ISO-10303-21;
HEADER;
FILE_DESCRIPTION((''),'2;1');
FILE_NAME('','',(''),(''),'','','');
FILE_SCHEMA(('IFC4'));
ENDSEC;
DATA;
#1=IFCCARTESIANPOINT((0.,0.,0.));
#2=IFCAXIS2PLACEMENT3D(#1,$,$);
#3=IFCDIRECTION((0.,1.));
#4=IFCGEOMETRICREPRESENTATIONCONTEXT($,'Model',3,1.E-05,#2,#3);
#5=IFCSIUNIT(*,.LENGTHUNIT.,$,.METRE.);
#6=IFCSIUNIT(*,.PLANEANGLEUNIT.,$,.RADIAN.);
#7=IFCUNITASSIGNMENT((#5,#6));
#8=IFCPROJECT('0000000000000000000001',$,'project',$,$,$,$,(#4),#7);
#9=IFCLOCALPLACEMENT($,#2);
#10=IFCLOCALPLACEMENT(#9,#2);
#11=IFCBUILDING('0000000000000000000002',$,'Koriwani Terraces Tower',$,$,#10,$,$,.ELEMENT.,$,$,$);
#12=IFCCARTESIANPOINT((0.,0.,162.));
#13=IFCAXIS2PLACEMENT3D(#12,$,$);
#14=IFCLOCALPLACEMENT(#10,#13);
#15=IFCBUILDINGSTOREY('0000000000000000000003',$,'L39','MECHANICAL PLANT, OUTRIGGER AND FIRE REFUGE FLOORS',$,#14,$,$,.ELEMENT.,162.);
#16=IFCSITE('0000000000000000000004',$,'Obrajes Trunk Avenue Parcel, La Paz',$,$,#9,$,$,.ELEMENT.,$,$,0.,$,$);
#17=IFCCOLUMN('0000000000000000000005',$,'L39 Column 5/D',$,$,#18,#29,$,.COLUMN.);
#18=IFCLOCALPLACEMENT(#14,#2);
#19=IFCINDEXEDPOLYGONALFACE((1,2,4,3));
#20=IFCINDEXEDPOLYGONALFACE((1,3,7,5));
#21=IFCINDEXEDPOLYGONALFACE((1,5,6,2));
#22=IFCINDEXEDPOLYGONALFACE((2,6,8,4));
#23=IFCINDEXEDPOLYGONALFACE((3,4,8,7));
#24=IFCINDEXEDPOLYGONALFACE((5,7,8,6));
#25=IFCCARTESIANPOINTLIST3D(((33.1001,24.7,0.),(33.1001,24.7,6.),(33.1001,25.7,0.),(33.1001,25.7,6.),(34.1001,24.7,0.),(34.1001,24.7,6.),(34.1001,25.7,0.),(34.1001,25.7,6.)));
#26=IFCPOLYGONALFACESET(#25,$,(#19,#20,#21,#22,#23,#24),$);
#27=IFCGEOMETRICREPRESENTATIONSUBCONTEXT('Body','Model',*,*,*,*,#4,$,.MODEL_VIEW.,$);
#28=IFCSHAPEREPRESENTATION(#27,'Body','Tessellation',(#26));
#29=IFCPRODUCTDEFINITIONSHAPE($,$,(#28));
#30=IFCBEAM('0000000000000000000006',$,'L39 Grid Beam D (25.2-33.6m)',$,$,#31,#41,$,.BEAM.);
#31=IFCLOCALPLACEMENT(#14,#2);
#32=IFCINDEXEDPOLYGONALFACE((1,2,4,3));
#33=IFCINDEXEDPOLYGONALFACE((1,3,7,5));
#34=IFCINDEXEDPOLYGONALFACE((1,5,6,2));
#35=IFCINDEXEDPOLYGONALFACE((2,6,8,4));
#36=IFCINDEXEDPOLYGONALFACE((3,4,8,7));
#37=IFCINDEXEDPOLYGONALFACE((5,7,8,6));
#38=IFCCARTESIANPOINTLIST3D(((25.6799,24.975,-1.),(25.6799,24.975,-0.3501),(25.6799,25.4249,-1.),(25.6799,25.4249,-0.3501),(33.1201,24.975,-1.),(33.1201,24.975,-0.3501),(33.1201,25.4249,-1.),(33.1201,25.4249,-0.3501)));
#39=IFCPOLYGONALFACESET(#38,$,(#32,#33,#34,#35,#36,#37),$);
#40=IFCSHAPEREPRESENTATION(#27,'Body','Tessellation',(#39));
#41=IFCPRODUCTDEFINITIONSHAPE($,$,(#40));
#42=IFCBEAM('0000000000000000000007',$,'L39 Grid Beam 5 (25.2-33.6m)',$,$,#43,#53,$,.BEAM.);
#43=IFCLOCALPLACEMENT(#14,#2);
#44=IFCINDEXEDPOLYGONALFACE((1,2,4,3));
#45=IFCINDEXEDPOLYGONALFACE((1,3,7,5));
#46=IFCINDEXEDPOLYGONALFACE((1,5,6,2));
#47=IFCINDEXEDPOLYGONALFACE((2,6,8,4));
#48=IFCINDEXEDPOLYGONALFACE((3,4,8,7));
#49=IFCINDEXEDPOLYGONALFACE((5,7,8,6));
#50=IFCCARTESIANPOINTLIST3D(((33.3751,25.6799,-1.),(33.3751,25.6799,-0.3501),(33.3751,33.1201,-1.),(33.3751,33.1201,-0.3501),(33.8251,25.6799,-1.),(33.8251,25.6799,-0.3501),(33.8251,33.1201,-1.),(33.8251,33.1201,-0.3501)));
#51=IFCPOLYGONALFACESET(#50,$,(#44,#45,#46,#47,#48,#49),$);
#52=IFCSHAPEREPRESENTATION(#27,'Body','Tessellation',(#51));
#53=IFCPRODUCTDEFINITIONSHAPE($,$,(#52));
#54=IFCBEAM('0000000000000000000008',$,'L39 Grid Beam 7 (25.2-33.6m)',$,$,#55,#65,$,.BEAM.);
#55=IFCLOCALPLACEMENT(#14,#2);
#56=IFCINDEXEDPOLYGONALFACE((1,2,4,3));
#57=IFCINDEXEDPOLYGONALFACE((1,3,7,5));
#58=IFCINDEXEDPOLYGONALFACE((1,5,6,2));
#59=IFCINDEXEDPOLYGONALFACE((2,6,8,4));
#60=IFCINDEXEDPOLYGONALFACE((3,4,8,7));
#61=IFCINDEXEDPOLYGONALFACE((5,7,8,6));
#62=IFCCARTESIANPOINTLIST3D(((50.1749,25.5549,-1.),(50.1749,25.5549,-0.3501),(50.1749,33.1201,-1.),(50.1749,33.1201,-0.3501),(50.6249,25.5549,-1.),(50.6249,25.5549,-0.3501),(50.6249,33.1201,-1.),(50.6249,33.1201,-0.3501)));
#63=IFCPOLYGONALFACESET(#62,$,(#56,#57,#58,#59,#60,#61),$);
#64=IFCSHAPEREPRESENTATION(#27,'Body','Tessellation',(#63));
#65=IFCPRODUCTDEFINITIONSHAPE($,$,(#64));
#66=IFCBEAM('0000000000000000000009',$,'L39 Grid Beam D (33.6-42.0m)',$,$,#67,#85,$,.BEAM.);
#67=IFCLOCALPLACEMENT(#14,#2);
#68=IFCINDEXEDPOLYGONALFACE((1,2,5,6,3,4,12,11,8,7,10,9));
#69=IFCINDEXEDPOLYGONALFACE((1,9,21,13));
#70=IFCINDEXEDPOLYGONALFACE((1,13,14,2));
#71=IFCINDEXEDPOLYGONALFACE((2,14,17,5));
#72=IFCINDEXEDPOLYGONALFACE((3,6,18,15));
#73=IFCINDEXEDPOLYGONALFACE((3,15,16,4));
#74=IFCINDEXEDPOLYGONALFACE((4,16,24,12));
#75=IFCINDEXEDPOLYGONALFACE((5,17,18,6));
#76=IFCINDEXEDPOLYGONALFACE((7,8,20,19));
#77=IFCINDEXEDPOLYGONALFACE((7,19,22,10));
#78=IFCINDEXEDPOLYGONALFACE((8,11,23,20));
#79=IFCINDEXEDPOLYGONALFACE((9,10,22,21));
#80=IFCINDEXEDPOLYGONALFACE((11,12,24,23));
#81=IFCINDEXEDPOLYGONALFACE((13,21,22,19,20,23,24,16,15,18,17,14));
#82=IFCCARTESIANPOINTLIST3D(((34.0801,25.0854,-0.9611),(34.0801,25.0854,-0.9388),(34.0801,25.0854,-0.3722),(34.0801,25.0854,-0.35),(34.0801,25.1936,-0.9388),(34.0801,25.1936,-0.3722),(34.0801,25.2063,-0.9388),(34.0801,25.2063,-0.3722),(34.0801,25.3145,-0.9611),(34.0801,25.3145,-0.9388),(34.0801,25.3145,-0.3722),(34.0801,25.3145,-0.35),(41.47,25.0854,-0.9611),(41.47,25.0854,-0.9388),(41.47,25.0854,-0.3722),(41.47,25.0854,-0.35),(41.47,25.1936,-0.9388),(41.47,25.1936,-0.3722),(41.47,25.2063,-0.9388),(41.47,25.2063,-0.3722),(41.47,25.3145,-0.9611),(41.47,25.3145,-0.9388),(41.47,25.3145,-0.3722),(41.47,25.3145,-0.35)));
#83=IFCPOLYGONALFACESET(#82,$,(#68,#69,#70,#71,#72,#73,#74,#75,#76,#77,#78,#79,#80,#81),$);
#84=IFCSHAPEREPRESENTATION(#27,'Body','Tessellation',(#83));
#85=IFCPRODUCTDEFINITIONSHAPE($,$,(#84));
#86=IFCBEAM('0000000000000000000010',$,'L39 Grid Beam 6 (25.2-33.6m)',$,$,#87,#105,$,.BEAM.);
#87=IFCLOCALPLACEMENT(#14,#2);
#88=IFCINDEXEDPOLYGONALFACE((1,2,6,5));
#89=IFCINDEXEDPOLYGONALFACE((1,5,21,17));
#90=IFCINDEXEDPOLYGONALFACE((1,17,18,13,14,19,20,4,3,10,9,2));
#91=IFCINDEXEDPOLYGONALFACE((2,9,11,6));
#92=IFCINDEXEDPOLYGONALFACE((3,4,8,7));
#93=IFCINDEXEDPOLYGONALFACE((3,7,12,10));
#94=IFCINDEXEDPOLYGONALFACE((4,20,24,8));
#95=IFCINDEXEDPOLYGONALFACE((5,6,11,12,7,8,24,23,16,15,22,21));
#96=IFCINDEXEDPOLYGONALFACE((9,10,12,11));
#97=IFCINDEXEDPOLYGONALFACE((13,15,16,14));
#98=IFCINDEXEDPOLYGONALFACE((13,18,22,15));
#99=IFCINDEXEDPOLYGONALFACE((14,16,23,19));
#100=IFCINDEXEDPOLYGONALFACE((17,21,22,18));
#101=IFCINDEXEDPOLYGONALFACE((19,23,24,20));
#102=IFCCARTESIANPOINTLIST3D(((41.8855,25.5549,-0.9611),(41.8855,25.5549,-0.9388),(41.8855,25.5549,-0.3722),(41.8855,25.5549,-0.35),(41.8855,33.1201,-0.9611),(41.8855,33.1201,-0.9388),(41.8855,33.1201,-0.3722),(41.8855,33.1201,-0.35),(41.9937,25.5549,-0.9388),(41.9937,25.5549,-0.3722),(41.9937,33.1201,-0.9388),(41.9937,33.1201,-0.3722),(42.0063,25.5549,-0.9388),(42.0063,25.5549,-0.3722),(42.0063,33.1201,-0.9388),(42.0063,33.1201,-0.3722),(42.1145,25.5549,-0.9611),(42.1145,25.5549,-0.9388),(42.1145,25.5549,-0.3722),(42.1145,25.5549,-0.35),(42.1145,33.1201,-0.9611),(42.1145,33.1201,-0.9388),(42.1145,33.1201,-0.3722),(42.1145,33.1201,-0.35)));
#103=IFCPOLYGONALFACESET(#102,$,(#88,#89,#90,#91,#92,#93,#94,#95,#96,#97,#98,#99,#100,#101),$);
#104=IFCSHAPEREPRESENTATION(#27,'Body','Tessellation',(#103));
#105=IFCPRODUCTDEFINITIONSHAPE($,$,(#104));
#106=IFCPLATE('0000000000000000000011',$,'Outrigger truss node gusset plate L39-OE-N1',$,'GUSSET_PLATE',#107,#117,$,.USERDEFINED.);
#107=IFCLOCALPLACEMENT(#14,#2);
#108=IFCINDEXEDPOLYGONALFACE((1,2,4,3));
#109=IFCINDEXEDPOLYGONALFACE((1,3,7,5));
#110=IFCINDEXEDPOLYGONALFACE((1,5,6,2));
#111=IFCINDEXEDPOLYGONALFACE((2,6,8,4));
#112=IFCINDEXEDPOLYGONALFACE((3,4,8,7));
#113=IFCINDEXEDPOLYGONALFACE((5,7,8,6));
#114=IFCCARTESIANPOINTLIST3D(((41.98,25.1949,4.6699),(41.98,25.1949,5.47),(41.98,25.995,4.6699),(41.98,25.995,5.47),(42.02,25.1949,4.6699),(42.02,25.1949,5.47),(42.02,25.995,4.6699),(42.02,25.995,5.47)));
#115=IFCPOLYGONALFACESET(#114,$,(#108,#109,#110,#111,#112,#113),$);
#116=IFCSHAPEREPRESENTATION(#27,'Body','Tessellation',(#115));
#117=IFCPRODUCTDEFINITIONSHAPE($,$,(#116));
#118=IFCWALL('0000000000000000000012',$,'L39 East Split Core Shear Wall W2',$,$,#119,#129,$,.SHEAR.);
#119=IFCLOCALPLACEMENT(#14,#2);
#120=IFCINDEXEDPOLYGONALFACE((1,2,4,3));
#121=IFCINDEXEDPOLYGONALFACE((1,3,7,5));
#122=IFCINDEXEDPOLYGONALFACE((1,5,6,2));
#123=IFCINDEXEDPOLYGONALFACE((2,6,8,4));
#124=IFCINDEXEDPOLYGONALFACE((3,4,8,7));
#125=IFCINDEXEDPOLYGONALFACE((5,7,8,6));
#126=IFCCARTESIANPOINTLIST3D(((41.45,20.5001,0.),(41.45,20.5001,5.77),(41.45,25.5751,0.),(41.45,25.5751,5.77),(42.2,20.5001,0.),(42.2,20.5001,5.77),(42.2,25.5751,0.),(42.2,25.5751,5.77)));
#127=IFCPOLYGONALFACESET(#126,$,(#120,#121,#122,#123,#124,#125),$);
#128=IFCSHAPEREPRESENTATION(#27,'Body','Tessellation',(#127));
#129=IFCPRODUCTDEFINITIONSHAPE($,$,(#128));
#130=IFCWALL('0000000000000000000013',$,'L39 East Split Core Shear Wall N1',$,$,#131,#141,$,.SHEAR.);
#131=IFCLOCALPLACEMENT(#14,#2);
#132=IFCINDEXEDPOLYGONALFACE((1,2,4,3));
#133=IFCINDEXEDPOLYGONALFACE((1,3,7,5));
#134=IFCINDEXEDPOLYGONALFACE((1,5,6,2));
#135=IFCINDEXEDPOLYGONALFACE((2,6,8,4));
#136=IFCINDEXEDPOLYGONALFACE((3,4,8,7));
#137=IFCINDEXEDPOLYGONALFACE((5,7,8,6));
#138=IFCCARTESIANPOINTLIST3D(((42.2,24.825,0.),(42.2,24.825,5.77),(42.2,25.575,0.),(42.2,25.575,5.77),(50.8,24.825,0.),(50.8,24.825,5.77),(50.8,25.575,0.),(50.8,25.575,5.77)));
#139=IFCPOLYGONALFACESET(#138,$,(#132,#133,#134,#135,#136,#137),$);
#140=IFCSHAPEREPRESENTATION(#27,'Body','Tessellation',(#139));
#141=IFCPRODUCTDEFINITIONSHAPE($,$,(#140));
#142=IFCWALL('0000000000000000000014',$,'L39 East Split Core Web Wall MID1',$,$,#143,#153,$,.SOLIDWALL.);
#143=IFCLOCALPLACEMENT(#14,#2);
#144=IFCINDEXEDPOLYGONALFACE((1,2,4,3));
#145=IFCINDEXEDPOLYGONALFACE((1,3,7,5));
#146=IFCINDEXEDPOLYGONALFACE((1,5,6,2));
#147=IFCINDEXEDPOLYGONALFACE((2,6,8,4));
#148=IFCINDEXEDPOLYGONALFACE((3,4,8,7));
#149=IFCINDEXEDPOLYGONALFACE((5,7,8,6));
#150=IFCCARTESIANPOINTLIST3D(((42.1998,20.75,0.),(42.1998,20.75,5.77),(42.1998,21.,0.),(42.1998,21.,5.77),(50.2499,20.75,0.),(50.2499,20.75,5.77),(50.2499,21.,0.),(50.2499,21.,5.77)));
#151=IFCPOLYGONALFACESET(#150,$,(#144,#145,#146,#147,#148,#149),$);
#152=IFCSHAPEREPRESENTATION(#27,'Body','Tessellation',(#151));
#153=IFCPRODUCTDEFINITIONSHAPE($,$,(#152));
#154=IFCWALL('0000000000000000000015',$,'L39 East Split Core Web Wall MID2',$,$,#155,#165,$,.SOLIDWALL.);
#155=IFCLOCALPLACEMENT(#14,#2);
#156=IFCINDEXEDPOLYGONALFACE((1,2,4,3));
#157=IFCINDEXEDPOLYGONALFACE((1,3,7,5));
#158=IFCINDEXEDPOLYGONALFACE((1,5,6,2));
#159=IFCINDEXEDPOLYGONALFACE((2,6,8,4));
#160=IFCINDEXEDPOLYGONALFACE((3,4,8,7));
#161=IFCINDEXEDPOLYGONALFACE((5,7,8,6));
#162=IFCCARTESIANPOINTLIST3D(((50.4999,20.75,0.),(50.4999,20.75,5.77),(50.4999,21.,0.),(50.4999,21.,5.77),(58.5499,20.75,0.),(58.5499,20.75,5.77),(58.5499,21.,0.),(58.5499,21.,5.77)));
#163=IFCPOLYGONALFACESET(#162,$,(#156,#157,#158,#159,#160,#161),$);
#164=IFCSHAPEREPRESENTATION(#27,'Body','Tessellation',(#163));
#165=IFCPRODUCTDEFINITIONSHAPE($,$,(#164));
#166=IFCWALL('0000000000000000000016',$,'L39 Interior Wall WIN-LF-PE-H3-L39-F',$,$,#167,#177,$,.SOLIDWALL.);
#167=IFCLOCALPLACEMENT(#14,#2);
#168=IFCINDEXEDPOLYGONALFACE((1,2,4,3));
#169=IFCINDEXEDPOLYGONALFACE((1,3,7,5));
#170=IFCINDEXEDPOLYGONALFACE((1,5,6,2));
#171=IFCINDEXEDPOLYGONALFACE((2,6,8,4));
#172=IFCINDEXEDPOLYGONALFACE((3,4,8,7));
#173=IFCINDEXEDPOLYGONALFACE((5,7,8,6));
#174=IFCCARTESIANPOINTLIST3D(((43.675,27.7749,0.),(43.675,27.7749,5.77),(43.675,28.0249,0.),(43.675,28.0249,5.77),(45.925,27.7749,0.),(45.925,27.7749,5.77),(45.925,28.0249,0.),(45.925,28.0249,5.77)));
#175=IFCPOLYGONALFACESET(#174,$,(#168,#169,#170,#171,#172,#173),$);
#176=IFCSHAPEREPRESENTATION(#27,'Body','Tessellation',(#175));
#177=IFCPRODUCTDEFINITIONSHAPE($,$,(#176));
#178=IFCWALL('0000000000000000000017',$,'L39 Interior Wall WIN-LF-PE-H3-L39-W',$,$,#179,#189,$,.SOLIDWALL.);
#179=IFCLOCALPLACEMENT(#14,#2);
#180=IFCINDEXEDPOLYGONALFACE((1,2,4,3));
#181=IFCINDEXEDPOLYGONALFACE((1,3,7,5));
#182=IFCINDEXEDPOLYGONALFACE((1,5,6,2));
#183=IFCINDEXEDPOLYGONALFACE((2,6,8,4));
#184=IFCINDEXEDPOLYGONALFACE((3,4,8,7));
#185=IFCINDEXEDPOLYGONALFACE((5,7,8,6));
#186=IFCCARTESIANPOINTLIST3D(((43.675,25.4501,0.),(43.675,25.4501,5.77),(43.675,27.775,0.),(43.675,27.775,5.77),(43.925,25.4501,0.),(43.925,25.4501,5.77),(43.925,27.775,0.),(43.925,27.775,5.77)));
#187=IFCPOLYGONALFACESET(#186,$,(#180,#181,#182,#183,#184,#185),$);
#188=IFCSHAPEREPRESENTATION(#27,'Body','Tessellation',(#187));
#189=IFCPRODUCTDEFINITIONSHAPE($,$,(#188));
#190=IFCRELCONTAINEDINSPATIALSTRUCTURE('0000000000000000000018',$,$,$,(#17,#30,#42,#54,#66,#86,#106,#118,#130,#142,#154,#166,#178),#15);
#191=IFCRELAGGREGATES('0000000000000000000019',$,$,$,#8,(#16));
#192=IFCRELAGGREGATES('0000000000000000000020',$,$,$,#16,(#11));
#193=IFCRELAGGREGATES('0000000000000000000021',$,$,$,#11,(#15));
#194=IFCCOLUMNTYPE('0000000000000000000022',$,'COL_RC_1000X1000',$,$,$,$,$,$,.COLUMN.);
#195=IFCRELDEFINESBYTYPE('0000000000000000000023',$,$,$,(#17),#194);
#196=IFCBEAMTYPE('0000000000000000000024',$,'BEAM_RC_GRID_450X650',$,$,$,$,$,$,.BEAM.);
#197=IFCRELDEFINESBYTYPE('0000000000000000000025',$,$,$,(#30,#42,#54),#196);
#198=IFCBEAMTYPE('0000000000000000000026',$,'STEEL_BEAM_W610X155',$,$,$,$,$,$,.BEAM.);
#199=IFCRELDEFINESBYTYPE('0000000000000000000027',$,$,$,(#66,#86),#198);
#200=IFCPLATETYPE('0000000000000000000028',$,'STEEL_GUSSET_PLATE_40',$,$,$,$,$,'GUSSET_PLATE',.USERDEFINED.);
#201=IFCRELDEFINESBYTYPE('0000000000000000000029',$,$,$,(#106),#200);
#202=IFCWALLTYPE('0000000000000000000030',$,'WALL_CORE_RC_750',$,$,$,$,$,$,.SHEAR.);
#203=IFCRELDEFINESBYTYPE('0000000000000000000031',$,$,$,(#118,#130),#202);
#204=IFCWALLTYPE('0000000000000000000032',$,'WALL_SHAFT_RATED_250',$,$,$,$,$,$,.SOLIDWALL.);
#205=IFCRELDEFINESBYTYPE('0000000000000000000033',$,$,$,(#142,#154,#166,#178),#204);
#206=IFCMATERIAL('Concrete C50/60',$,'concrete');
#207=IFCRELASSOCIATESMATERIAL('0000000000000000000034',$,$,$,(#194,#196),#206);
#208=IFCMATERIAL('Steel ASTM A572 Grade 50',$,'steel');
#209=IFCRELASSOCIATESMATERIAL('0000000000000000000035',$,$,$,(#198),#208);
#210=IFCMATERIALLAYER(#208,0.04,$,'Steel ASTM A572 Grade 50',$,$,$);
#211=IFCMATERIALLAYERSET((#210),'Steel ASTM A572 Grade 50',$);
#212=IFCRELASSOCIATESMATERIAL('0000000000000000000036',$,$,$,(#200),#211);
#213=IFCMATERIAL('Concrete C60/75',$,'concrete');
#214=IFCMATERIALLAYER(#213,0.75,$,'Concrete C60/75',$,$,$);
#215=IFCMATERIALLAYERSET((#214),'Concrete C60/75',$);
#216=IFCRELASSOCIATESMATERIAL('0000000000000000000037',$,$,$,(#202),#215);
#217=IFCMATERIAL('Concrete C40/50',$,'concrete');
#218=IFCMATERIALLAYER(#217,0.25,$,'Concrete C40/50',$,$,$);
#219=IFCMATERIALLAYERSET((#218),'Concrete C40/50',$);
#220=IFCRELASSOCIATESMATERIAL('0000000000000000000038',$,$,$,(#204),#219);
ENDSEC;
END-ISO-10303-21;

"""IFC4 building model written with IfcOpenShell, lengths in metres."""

from ifc_helpers import new_model, si_unit, direction, frame, frame_2d, origin, origin_2d, place, context, subcontext, project, spatial, rectangle, i_section, extrude, material, layer, layer_set, material_profile, profile_set, type_object, element, save


model = new_model("IFC4")

# Units and contexts
model_context = context("Model", 3, precision=1e-05, world=origin(), true_north=direction((0.0, 1.0)))
body_context = subcontext(model_context, "Body", "Model", "MODEL_VIEW")
ifc_project = project(units=[si_unit("LENGTHUNIT", "METRE"), si_unit("PLANEANGLEUNIT", "RADIAN")], contexts=[model_context])

# Site, building, storey
site_placement = place(None, origin())
site = spatial("IfcSite", under=ifc_project, at=site_placement, Name="Obrajes Trunk Avenue Parcel, La Paz", CompositionType="ELEMENT", RefElevation=0.0)
building_placement = place(site_placement, origin())
building = spatial("IfcBuilding", under=site, at=building_placement, Name="Koriwani Terraces Tower", CompositionType="ELEMENT")
storey_placement = place(building_placement, frame((0.0, 0.0, 162.0)))
storey = spatial("IfcBuildingStorey", under=building, at=storey_placement, Name="L39", Description="MECHANICAL PLANT, OUTRIGGER AND FIRE REFUGE FLOORS", CompositionType="ELEMENT", Elevation=162.0)

# Column
ifc_material_1 = material(Name="Concrete C50/60", Category="concrete")
ifc_material_profile_1 = material_profile(ifc_material_1, rectangle(XDim=1.0, YDim=1.0, at=origin_2d()), Name="Concrete C50/60", Category="LoadBearing")
ifc_profile_set_1 = profile_set([ifc_material_profile_1], Name="Concrete C50/60")
column_type = type_object("IfcColumnType", Name="COL_RC_1000X1000", PredefinedType="COLUMN", material=ifc_profile_set_1)
column_placement = place(storey_placement, frame((33.6001, 25.2, 0.0), z_axis=(0.0, 0.0, 1.0), x_axis=(1.0, 0.0, 0.0)))
element("IfcColumn", 1, at=column_placement, inside=storey, type_object=column_type, Name="L39 Column 5/D", PredefinedType="COLUMN", context=body_context, shape_type="SweptSolid", body=[
    extrude(rectangle(XDim=1.0, YDim=1.0, at=origin_2d()), origin(), (0.0, 0.0, 1.0), 6.0),
])

# Beams
ifc_material_profile_2 = material_profile(ifc_material_1, rectangle(XDim=0.45, YDim=0.6499, at=origin_2d()), Name="Concrete C50/60", Category="LoadBearing")
ifc_profile_set_2 = profile_set([ifc_material_profile_2], Name="Concrete C50/60")
beam_type_1 = type_object("IfcBeamType", Name="BEAM_RC_GRID_450X650", PredefinedType="BEAM", material=ifc_profile_set_2)
for number, where, z_axis, x_axis, name in (
    (2, (25.6799, 25.2, -0.675), (1.0, 0.0, 0.0), (0.0, 1.0, 0.0), "L39 Grid Beam D (25.2-33.6m)"),
    (3, (33.6001, 25.6799, -0.675), (0.0, 1.0, 0.0), (-1.0, 0.0, 0.0), "L39 Grid Beam 5 (25.2-33.6m)"),
):
    element("IfcBeam", number, at=place(storey_placement, frame(where, z_axis=z_axis, x_axis=x_axis)), inside=storey, type_object=beam_type_1, Name=name, PredefinedType="BEAM", context=body_context, shape_type="SweptSolid", body=[
        extrude(rectangle(XDim=0.45, YDim=0.6499, at=origin_2d()), origin(), (0.0, 0.0, 1.0), 7.4402),
    ])
beam_1_placement = place(storey_placement, frame((50.3999, 25.5549, -0.675), z_axis=(0.0, 1.0, 0.0), x_axis=(-1.0, 0.0, 0.0)))
element("IfcBeam", 4, at=beam_1_placement, inside=storey, type_object=beam_type_1, Name="L39 Grid Beam 7 (25.2-33.6m)", PredefinedType="BEAM", context=body_context, shape_type="SweptSolid", body=[
    extrude(rectangle(XDim=0.45, YDim=0.6499, at=origin_2d()), origin(), (0.0, 0.0, 1.0), 7.5652),
])
ifc_material_2 = material(Name="Steel ASTM A572 Grade 50", Category="steel")
ifc_material_profile_3 = material_profile(ifc_material_2, i_section(OverallWidth=0.229, OverallDepth=0.6111, WebThickness=0.0127, FlangeThickness=0.0222, at=origin_2d()), Name="Steel ASTM A572 Grade 50", Category="LoadBearing")
ifc_profile_set_3 = profile_set([ifc_material_profile_3], Name="Steel ASTM A572 Grade 50")
beam_type_2 = type_object("IfcBeamType", Name="STEEL_BEAM_W610X155", PredefinedType="BEAM", material=ifc_profile_set_3)
beam_2_placement = place(storey_placement, frame((34.0801, 25.2, -0.6555), z_axis=(1.0, 0.0, 0.0), x_axis=(0.0, 1.0, 0.0)))
element("IfcBeam", 5, at=beam_2_placement, inside=storey, type_object=beam_type_2, Name="L39 Grid Beam D (33.6-42.0m)", PredefinedType="BEAM", context=body_context, shape_type="SweptSolid", body=[
    extrude(i_section(OverallWidth=0.229, OverallDepth=0.6111, WebThickness=0.0127, FlangeThickness=0.0222, at=origin_2d()), origin(), (0.0, 0.0, 1.0), 7.3899),
])
beam_3_placement = place(storey_placement, frame((42.0, 25.5549, -0.6555), z_axis=(0.0, 1.0, 0.0), x_axis=(-1.0, 0.0, 0.0)))
element("IfcBeam", 6, at=beam_3_placement, inside=storey, type_object=beam_type_2, Name="L39 Grid Beam 6 (25.2-33.6m)", PredefinedType="BEAM", context=body_context, shape_type="SweptSolid", body=[
    extrude(i_section(OverallWidth=0.229, OverallDepth=0.6111, WebThickness=0.0127, FlangeThickness=0.0222, at=origin_2d()), origin(), (0.0, 0.0, 1.0), 7.5652),
])

# Plate
ifc_layer_1 = layer(ifc_material_2, 0.04, Name="Steel ASTM A572 Grade 50")
ifc_layer_set_1 = layer_set([ifc_layer_1], Name="Steel ASTM A572 Grade 50")
plate_type = type_object("IfcPlateType", Name="STEEL_GUSSET_PLATE_40", ElementType="GUSSET_PLATE", PredefinedType="USERDEFINED", material=ifc_layer_set_1)
plate_placement = place(storey_placement, frame((42.0, 25.595, 4.6699), z_axis=(0.0, 0.0, 1.0), x_axis=(0.0, -1.0, 0.0)))
element("IfcPlate", 7, at=plate_placement, inside=storey, type_object=plate_type, Name="Outrigger truss node gusset plate L39-OE-N1", ObjectType="GUSSET_PLATE", PredefinedType="USERDEFINED", context=body_context, shape_type="SweptSolid", body=[
    extrude(rectangle(XDim=0.8, YDim=0.04, at=origin_2d()), origin(), (0.0, 0.0, 1.0), 0.8),
])

# Walls
ifc_material_3 = material(Name="Concrete C60/75", Category="concrete")
ifc_layer_2 = layer(ifc_material_3, 0.75, Name="Concrete C60/75")
ifc_layer_set_2 = layer_set([ifc_layer_2], Name="Concrete C60/75")
wall_type_1 = type_object("IfcWallType", Name="WALL_CORE_RC_750", PredefinedType="SHEAR", material=ifc_layer_set_2)
wall_1_placement = place(storey_placement, frame((41.825, 20.5, 0.0), z_axis=(0.0, 0.0, 1.0), x_axis=(0.0, 1.0, 0.0)))
element("IfcWall", 8, at=wall_1_placement, inside=storey, type_object=wall_type_1, Name="L39 East Split Core Shear Wall W2", PredefinedType="SHEAR", context=body_context, shape_type="SweptSolid", body=[
    extrude(rectangle(XDim=5.075, YDim=0.75, at=frame_2d((2.5376, 0.0))), origin(), (0.0, 0.0, 1.0), 5.77),
])
wall_2_placement = place(storey_placement, frame((42.2, 25.2, 0.0), z_axis=(0.0, 0.0, 1.0), x_axis=(1.0, 0.0, 0.0)))
element("IfcWall", 9, at=wall_2_placement, inside=storey, type_object=wall_type_1, Name="L39 East Split Core Shear Wall N1", PredefinedType="SHEAR", context=body_context, shape_type="SweptSolid", body=[
    extrude(rectangle(XDim=8.6001, YDim=0.75, at=frame_2d((4.3, 0.0))), origin(), (0.0, 0.0, 1.0), 5.77),
])
ifc_material_4 = material(Name="Concrete C40/50", Category="concrete")
ifc_layer_3 = layer(ifc_material_4, 0.25, Name="Concrete C40/50")
ifc_layer_set_3 = layer_set([ifc_layer_3], Name="Concrete C40/50")
wall_type_2 = type_object("IfcWallType", Name="WALL_SHAFT_RATED_250", PredefinedType="SOLIDWALL", material=ifc_layer_set_3)
for number, where, z_axis, x_axis, name in (
    (10, (42.2, 20.875, 0.0), (0.0, 0.0, 1.0), (1.0, 0.0, 0.0), "L39 East Split Core Web Wall MID1"),
    (11, (50.5, 20.875, 0.0), (0.0, 0.0, 1.0), (1.0, 0.0, 0.0), "L39 East Split Core Web Wall MID2"),
):
    element("IfcWall", number, at=place(storey_placement, frame(where, z_axis=z_axis, x_axis=x_axis)), inside=storey, type_object=wall_type_2, Name=name, PredefinedType="SOLIDWALL", context=body_context, shape_type="SweptSolid", body=[
        extrude(rectangle(XDim=8.05, YDim=0.25, at=frame_2d((4.0249, 0.0))), origin(), (0.0, 0.0, 1.0), 5.77),
    ])

# Walls
wall_3_placement = place(storey_placement, frame((43.675, 27.8999, 0.0), z_axis=(0.0, 0.0, 1.0), x_axis=(1.0, 0.0, 0.0)))
element("IfcWall", 12, at=wall_3_placement, inside=storey, type_object=wall_type_2, Name="L39 Interior Wall WIN-LF-PE-H3-L39-F", PredefinedType="SOLIDWALL", context=body_context, shape_type="SweptSolid", body=[
    extrude(rectangle(XDim=2.25, YDim=0.25, at=frame_2d((1.125, 0.0))), origin(), (0.0, 0.0, 1.0), 5.77),
])
for number, where, z_axis, x_axis, name in (
    (13, (43.8, 25.45, 0.0), (0.0, 0.0, 1.0), (0.0, 1.0, 0.0), "L39 Interior Wall WIN-LF-PE-H3-L39-W"),
):
    element("IfcWall", number, at=place(storey_placement, frame(where, z_axis=z_axis, x_axis=x_axis)), inside=storey, type_object=wall_type_2, Name=name, PredefinedType="SOLIDWALL", context=body_context, shape_type="SweptSolid", body=[
        extrude(rectangle(XDim=2.325, YDim=0.25, at=frame_2d((1.1626, 0.0))), origin(), (0.0, 0.0, 1.0), 5.77),
    ])

save(model, "model.ifc")
